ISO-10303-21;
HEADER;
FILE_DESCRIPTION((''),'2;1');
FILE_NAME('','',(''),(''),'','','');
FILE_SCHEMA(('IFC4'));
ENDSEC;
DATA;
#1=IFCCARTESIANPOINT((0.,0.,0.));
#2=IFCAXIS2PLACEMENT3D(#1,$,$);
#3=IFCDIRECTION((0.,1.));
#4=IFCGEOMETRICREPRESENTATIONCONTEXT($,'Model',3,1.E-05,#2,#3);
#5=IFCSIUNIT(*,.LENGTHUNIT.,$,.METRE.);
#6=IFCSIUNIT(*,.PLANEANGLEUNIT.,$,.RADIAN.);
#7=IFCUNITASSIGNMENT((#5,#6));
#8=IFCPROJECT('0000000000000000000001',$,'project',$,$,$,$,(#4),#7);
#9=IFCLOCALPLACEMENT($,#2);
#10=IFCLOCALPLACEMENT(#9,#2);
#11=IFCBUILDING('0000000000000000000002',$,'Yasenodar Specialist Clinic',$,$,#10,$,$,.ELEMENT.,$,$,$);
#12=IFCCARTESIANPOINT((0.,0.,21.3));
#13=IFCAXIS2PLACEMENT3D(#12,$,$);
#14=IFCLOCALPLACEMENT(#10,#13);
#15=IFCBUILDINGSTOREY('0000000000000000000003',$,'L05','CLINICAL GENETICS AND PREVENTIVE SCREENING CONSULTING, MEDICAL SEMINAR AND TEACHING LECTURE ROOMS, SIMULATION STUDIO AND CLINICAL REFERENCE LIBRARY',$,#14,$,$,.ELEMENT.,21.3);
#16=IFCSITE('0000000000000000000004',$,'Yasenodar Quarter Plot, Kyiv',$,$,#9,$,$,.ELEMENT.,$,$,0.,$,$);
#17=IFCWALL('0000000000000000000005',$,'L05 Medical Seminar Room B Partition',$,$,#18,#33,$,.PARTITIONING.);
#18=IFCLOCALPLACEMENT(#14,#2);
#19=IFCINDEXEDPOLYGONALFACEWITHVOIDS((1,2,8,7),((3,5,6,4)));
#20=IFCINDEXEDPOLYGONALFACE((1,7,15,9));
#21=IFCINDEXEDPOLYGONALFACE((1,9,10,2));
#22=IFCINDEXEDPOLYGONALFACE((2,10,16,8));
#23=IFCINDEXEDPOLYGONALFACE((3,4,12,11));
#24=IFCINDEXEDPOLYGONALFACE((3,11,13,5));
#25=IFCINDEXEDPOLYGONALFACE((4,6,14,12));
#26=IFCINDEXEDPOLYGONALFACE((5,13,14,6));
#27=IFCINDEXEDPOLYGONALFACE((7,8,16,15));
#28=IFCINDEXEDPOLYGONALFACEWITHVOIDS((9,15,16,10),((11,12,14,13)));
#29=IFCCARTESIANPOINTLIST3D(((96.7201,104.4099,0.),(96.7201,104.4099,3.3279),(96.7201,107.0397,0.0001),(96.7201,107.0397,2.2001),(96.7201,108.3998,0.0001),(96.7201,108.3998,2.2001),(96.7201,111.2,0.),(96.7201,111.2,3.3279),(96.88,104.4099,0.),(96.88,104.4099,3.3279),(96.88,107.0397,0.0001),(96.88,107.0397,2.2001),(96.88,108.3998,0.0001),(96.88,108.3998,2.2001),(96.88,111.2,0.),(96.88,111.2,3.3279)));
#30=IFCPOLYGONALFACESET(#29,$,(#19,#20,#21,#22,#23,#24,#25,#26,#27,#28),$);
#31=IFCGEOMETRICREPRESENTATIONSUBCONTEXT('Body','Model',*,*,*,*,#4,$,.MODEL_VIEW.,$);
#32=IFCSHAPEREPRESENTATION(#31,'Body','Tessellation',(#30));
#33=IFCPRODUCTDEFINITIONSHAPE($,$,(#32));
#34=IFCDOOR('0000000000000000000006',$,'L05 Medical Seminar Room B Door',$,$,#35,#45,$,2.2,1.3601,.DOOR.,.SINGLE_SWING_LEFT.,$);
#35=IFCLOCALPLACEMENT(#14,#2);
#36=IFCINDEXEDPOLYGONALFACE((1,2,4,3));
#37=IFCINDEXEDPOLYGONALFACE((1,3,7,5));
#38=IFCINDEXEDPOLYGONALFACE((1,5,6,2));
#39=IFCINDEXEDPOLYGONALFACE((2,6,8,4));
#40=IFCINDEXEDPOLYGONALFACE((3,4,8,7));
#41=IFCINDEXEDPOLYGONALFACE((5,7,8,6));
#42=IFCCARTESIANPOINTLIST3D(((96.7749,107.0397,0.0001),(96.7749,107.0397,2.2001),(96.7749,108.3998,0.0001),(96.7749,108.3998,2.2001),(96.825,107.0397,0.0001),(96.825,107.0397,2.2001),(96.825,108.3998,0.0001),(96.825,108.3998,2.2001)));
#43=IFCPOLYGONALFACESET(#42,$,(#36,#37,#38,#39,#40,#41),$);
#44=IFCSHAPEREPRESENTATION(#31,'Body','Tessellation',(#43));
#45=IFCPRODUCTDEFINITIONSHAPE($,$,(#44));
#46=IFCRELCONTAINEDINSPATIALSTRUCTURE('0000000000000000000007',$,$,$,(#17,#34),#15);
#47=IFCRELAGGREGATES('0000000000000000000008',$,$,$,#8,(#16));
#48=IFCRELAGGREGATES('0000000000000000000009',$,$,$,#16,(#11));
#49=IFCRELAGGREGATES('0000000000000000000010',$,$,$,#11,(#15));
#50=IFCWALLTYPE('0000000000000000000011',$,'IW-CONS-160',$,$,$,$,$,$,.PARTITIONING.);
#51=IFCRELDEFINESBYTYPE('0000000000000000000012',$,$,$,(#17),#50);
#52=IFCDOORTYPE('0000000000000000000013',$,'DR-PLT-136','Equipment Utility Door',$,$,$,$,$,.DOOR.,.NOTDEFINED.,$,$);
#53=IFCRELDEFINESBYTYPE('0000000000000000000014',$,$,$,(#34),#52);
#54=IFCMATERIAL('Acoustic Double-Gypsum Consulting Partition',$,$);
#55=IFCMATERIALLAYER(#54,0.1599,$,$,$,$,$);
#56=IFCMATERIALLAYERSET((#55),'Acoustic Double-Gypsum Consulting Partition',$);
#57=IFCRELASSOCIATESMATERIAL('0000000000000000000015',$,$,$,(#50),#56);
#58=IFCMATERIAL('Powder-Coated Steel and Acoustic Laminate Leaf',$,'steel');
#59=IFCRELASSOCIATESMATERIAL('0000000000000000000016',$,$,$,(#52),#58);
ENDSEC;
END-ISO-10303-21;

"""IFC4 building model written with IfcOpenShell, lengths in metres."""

from ifc_helpers import new_model, si_unit, direction, frame, frame_2d, origin, place, context, subcontext, project, spatial, rectangle, extrude, material, layer, layer_set, type_object, element, fill, save


model = new_model("IFC4")

# Units and contexts
model_context = context("Model", 3, precision=1e-05, world=origin(), true_north=direction((0.0, 1.0)))
body_context = subcontext(model_context, "Body", "Model", "MODEL_VIEW")
ifc_project = project(units=[si_unit("LENGTHUNIT", "METRE"), si_unit("PLANEANGLEUNIT", "RADIAN")], contexts=[model_context])

# Site, building, storey
site_placement = place(None, origin())
site = spatial("IfcSite", under=ifc_project, at=site_placement, Name="Yasenodar Quarter Plot, Kyiv", CompositionType="ELEMENT", RefElevation=0.0)
building_placement = place(site_placement, origin())
building = spatial("IfcBuilding", under=site, at=building_placement, Name="Yasenodar Specialist Clinic", CompositionType="ELEMENT")
storey_placement = place(building_placement, frame((0.0, 0.0, 21.3)))
storey = spatial("IfcBuildingStorey", under=building, at=storey_placement, Name="L05", Description="CLINICAL GENETICS AND PREVENTIVE SCREENING CONSULTING, MEDICAL SEMINAR AND TEACHING LECTURE ROOMS, SIMULATION STUDIO AND CLINICAL REFERENCE LIBRARY", CompositionType="ELEMENT", Elevation=21.3)

# Wall, opening, door
ifc_material_1 = material(Name="Acoustic Double-Gypsum Consulting Partition")
ifc_layer_1 = layer(ifc_material_1, 0.1599)
ifc_layer_set_1 = layer_set([ifc_layer_1], Name="Acoustic Double-Gypsum Consulting Partition")
wall_type_1 = type_object("IfcWallType", Name="IW-CONS-160", PredefinedType="PARTITIONING", material=ifc_layer_set_1)
wall_1_placement = place(storey_placement, frame((96.8, 111.2, 0.0), z_axis=(0.0, 0.0, 1.0), x_axis=(0.0, -1.0, 0.0)))
wall_1 = element("IfcWall", 1, at=wall_1_placement, inside=storey, type_object=wall_type_1, Name="L05 Medical Seminar Room B Partition", PredefinedType="PARTITIONING", context=body_context, shape_type="SweptSolid", body=[
    extrude(rectangle(XDim=6.79, YDim=0.1599, at=frame_2d((3.395, 0.0))), origin(), (0.0, 0.0, 1.0), 3.3279),
])
opening_1_placement = place(wall_1_placement, frame((2.8, 0.0, 0.0)))
opening_1 = element("IfcOpeningElement", 2, at=opening_1_placement, cuts=wall_1, PredefinedType="OPENING", context=body_context, shape_type="SweptSolid", body=[
    extrude(rectangle(XDim=1.3601, YDim=2.2, at=frame_2d((0.6802, 1.1001))), frame((0.0, 0.0898, 0.0), z_axis=(0.0, -1.0, 0.0), x_axis=(1.0, 0.0, 0.0)), (0.0, 0.0, 1.0), 0.1799),
])
ifc_material_2 = material(Name="Powder-Coated Steel and Acoustic Laminate Leaf", Category="steel")
door_type = type_object("IfcDoorType", Name="DR-PLT-136", Description="Equipment Utility Door", OperationType="NOTDEFINED", PredefinedType="DOOR", material=ifc_material_2)
door_placement = place(opening_1_placement, origin())
door = element("IfcDoor", 3, at=door_placement, inside=storey, type_object=door_type, Name="L05 Medical Seminar Room B Door", OperationType="SINGLE_SWING_LEFT", OverallHeight=2.2, OverallWidth=1.3601, PredefinedType="DOOR", context=body_context, shape_type="SweptSolid", body=[
    extrude(rectangle(XDim=1.3601, YDim=2.2, at=frame_2d((0.6802, 1.1001))), frame((0.0, 0.0249, 0.0), z_axis=(0.0, -1.0, 0.0), x_axis=(1.0, 0.0, 0.0)), (0.0, 0.0, 1.0), 0.05),
])
fill(opening_1, door)

save(model, "model.ifc")
